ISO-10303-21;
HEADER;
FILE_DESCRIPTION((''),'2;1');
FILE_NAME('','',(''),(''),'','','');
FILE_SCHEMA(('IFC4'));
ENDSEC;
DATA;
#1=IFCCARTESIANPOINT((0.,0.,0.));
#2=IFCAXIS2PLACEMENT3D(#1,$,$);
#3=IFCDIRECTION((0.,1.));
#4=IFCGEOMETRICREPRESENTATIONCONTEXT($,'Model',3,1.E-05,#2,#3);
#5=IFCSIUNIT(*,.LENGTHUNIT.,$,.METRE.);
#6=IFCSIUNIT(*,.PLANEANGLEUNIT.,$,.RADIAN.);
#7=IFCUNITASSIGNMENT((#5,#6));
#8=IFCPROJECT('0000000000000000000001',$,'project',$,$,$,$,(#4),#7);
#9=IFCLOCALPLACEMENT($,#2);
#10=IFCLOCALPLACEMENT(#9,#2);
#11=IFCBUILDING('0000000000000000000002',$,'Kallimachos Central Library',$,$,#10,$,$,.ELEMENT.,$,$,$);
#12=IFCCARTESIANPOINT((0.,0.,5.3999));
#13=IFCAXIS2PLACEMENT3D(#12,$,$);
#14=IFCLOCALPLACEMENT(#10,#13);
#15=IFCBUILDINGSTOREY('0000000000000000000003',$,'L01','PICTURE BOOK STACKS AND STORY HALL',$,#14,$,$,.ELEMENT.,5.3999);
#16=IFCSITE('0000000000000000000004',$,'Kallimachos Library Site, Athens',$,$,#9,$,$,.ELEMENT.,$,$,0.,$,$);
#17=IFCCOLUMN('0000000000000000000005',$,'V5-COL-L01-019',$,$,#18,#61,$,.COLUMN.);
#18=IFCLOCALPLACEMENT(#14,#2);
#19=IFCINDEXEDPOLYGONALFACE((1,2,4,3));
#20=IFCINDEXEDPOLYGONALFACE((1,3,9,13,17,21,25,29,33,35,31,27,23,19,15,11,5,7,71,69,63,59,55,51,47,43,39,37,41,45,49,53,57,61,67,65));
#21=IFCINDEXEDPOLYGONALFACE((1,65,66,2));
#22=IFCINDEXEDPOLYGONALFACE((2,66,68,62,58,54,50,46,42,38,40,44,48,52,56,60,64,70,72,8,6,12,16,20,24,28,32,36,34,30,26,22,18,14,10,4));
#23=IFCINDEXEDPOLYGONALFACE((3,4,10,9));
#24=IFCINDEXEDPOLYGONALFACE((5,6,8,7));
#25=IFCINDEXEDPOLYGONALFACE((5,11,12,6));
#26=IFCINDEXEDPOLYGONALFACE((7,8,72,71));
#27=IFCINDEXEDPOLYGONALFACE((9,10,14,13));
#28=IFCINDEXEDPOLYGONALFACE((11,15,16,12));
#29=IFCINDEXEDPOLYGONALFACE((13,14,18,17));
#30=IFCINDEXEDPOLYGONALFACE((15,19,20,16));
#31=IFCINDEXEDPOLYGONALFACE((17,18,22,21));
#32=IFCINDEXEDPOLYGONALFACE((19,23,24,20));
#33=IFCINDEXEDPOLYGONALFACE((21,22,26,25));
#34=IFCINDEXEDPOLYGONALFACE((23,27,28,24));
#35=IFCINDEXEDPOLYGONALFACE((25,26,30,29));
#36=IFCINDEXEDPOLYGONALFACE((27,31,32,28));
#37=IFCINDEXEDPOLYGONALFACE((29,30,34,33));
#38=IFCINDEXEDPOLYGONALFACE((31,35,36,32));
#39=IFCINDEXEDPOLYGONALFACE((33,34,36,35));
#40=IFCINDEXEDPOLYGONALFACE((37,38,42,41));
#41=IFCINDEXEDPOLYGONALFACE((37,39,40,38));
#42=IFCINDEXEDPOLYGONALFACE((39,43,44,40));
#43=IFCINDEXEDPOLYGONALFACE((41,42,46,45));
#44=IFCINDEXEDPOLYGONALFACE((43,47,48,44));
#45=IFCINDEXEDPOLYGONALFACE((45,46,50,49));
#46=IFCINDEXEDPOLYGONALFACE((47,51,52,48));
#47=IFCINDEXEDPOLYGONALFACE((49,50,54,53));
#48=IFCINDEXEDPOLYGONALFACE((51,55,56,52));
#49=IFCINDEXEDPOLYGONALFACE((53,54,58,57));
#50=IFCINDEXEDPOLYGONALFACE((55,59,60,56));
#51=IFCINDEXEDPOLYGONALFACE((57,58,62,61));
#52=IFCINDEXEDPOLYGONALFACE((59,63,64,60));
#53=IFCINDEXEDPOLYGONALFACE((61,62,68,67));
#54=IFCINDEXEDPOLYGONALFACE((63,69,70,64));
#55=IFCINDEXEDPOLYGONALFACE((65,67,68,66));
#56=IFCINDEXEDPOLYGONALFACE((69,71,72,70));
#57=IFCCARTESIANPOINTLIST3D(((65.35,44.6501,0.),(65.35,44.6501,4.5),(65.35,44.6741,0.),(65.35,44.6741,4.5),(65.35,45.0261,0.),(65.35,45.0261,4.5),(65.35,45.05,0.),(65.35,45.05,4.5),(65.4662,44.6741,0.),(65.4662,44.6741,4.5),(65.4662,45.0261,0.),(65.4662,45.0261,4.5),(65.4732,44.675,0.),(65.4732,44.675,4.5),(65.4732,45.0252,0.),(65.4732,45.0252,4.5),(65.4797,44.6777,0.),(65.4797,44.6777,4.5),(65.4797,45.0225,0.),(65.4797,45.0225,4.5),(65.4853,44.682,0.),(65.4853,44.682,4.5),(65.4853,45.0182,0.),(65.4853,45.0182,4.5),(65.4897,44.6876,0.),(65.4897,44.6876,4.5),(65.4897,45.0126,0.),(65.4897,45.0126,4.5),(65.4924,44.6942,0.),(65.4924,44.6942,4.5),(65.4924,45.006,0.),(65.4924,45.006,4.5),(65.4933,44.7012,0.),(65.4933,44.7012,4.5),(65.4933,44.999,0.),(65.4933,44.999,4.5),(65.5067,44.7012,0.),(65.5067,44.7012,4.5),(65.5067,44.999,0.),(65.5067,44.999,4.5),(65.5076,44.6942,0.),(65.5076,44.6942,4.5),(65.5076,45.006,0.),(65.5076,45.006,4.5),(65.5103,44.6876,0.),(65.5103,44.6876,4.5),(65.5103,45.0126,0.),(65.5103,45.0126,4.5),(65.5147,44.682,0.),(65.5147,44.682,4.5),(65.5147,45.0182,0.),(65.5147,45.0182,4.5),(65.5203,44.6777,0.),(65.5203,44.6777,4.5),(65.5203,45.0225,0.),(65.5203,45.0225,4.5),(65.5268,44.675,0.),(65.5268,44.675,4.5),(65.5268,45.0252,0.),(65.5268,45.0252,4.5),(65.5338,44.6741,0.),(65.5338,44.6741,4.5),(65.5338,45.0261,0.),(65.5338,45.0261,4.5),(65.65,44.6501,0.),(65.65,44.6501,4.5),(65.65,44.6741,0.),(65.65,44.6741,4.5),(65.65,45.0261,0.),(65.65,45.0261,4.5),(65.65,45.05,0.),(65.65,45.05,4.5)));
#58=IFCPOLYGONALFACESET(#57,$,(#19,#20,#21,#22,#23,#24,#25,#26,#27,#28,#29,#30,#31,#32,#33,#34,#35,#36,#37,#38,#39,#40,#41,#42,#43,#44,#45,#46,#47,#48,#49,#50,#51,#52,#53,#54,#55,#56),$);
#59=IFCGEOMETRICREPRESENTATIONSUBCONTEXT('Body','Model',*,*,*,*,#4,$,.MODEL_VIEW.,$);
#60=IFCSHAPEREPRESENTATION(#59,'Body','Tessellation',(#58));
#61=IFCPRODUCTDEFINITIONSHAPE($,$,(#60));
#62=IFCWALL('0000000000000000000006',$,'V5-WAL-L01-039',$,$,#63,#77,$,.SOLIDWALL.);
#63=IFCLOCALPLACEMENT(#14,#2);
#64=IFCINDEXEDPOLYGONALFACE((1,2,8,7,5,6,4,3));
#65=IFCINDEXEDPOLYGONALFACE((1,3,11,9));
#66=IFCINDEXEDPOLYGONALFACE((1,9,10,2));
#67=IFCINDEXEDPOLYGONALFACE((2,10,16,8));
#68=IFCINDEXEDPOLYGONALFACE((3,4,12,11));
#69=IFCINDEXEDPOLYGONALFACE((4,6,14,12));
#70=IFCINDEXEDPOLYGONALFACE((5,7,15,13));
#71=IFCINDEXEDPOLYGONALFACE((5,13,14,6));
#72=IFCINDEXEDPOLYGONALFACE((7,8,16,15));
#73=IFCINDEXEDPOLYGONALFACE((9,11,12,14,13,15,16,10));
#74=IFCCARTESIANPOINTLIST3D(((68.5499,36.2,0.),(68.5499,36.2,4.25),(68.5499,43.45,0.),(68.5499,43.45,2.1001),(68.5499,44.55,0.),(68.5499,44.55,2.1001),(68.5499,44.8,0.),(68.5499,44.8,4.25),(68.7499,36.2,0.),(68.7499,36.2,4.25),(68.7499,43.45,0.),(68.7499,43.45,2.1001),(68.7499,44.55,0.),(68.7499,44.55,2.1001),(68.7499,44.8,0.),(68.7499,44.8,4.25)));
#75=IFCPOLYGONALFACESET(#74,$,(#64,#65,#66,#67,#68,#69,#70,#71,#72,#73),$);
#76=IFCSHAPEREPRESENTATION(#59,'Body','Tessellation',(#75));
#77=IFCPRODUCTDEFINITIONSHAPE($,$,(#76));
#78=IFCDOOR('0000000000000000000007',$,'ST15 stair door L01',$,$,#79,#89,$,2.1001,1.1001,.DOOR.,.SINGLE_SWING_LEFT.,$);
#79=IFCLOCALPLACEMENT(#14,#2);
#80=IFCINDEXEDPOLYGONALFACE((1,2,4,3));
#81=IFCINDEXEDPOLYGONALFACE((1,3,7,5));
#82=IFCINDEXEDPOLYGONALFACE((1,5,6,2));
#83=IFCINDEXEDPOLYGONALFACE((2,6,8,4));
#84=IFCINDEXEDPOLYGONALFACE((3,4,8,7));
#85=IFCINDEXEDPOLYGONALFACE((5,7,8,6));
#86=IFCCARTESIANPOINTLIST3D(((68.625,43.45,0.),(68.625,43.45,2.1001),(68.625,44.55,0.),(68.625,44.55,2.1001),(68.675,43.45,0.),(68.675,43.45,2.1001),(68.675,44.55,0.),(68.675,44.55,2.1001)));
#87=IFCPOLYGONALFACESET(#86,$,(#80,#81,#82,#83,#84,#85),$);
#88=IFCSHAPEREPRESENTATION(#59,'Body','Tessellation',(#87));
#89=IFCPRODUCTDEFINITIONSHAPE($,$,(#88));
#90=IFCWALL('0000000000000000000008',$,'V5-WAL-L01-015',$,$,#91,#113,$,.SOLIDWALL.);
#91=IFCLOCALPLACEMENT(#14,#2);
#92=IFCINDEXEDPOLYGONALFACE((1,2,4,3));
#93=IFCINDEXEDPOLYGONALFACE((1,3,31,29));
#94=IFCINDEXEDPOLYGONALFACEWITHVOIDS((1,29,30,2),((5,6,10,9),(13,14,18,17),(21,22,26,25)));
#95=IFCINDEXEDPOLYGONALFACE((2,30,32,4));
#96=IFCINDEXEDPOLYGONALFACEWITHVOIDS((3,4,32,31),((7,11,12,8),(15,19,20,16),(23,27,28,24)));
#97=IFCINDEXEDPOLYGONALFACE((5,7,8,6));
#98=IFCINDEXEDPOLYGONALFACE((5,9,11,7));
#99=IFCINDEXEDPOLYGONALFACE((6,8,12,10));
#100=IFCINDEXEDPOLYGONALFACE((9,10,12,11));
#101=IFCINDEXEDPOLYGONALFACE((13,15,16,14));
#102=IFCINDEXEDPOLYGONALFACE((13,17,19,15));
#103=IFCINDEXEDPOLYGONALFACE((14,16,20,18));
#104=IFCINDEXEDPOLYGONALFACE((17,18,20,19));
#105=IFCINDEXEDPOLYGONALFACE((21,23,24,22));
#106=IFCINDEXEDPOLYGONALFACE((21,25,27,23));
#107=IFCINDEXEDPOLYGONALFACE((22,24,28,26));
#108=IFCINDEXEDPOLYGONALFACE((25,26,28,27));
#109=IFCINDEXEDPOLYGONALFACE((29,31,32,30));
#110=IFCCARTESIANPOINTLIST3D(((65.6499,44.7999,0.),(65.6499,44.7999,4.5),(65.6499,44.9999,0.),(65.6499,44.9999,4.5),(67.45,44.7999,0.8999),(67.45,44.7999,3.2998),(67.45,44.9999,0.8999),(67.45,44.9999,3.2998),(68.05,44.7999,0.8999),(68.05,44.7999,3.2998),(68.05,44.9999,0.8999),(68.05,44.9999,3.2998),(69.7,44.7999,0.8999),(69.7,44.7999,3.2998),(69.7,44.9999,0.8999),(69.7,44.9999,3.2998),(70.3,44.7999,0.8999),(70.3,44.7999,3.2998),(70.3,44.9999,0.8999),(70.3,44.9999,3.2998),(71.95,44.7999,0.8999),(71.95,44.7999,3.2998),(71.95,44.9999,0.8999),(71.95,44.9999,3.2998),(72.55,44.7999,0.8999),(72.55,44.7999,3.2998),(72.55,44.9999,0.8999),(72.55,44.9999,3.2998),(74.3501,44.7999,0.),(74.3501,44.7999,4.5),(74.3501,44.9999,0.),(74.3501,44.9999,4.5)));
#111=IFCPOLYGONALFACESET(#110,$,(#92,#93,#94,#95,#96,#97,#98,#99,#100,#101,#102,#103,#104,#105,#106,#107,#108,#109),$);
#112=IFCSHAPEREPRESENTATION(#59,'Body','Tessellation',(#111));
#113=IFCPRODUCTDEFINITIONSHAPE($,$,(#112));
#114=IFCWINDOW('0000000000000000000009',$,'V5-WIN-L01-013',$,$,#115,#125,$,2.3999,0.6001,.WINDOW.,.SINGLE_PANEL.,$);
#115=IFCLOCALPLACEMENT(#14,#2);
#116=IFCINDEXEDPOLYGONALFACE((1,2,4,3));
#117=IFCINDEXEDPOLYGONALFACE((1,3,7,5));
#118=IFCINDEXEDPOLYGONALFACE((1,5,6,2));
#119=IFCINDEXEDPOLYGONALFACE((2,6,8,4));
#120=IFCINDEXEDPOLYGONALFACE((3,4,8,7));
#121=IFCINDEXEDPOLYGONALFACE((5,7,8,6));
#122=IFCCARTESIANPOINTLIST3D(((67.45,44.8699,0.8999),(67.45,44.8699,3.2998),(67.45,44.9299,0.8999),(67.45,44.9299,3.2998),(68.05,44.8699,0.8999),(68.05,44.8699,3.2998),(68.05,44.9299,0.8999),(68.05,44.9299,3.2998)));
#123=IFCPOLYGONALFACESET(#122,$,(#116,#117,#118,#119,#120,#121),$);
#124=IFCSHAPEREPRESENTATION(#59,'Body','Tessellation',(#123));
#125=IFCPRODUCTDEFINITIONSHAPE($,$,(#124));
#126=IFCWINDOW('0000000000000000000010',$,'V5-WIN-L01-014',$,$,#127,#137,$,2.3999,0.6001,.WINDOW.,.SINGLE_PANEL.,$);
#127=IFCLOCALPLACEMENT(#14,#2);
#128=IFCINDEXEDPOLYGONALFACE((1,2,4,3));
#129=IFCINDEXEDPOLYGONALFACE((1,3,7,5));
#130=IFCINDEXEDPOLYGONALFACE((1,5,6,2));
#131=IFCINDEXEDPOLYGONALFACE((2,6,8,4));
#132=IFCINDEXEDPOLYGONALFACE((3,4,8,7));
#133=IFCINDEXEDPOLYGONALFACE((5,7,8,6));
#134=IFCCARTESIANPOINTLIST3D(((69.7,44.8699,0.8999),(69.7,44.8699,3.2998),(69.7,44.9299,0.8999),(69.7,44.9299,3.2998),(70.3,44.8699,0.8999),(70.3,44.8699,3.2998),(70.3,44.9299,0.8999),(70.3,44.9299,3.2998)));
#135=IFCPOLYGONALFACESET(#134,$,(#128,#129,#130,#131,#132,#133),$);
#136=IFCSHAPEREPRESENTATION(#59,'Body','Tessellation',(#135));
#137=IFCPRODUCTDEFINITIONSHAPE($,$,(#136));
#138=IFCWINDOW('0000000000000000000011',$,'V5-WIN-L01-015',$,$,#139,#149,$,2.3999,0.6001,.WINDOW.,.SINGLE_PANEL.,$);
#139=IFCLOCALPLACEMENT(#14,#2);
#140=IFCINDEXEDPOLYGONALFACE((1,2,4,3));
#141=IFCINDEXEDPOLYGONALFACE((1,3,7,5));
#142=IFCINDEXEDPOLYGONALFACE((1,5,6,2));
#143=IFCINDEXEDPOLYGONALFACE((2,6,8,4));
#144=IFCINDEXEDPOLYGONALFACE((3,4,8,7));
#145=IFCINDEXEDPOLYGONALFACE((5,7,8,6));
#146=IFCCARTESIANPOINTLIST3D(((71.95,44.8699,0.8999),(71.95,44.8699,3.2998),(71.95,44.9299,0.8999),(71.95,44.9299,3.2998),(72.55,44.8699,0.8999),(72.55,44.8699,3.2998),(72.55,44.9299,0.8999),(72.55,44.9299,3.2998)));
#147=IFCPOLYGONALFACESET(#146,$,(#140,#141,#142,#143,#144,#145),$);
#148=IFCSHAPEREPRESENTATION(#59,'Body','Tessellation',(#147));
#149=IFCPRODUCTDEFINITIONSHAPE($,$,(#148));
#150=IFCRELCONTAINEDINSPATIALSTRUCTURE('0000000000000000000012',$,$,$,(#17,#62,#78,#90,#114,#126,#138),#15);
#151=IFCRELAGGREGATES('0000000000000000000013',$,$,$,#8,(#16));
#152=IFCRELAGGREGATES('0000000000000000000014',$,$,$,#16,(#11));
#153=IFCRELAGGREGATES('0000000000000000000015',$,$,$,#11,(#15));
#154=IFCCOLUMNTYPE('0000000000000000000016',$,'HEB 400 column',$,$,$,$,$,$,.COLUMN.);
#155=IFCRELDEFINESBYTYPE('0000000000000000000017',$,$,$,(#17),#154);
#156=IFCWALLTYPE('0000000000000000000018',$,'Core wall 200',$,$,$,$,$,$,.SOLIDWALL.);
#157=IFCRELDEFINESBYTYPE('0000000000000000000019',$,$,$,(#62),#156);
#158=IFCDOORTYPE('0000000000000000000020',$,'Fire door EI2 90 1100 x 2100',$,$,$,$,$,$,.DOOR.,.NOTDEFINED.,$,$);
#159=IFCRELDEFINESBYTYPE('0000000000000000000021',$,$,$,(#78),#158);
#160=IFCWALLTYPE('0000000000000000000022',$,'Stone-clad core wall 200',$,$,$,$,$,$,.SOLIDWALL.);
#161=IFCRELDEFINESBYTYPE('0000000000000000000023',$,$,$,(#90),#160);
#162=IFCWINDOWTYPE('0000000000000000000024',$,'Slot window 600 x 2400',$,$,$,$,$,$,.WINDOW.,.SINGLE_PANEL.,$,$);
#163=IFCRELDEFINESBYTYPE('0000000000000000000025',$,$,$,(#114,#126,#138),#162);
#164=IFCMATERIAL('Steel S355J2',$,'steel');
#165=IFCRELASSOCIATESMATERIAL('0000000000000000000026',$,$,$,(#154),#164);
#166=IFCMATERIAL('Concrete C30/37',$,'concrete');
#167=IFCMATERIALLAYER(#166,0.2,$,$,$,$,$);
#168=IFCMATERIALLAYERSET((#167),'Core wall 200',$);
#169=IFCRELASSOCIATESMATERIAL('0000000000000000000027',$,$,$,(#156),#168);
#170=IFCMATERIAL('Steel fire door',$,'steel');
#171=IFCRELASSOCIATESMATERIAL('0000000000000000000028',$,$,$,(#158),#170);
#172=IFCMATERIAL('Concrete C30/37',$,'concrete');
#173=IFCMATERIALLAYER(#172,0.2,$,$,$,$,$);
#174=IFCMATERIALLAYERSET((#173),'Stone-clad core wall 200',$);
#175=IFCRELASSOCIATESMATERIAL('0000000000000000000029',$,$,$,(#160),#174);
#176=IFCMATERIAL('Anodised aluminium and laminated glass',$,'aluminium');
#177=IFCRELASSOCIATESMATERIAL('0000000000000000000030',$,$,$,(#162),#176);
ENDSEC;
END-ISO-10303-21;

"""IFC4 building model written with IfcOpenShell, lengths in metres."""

from ifc_helpers import new_model, si_unit, direction, frame, frame_2d, origin, origin_2d, place, context, subcontext, project, spatial, rectangle, i_section, extrude, material, layer, layer_set, material_profile, profile_set, type_object, element, fill, save


model = new_model("IFC4")

# Units and contexts
model_context = context("Model", 3, precision=1e-05, world=origin(), true_north=direction((0.0, 1.0)))
body_context = subcontext(model_context, "Body", "Model", "MODEL_VIEW")
ifc_project = project(units=[si_unit("LENGTHUNIT", "METRE"), si_unit("PLANEANGLEUNIT", "RADIAN")], contexts=[model_context])

# Site, building, storey
site_placement = place(None, origin())
site = spatial("IfcSite", under=ifc_project, at=site_placement, Name="Kallimachos Library Site, Athens", CompositionType="ELEMENT", RefElevation=0.0)
building_placement = place(site_placement, origin())
building = spatial("IfcBuilding", under=site, at=building_placement, Name="Kallimachos Central Library", CompositionType="ELEMENT")
storey_placement = place(building_placement, frame((0.0, 0.0, 5.3999)))
storey = spatial("IfcBuildingStorey", under=building, at=storey_placement, Name="L01", Description="PICTURE BOOK STACKS AND STORY HALL", CompositionType="ELEMENT", Elevation=5.3999)

# Column
ifc_material_1 = material(Name="Steel S355J2", Category="steel")
ifc_material_profile = material_profile(ifc_material_1, i_section(OverallWidth=0.3, OverallDepth=0.3999, WebThickness=0.0134, FlangeThickness=0.0239, FilletRadius=0.0271, at=origin_2d()), Name="HEB 400")
ifc_profile_set = profile_set([ifc_material_profile], Name="Steel S355J2")
column_type = type_object("IfcColumnType", Name="HEB 400 column", PredefinedType="COLUMN", material=ifc_profile_set)
column_placement = place(storey_placement, frame((65.5, 44.8501, 0.0), z_axis=(0.0, 0.0, 1.0), x_axis=(1.0, 0.0, 0.0)))
element("IfcColumn", 1, at=column_placement, inside=storey, type_object=column_type, Name="V5-COL-L01-019", PredefinedType="COLUMN", context=body_context, shape_type="SweptSolid", body=[
    extrude(i_section(OverallWidth=0.3, OverallDepth=0.3999, WebThickness=0.0134, FlangeThickness=0.0239, FilletRadius=0.0271, at=origin_2d()), origin(), (0.0, 0.0, 1.0), 4.5),
])

# Wall, opening, door
ifc_material_2 = material(Name="Concrete C30/37", Category="concrete")
ifc_layer_1 = layer(ifc_material_2, 0.2)
ifc_layer_set_1 = layer_set([ifc_layer_1], Name="Core wall 200")
wall_type_1 = type_object("IfcWallType", Name="Core wall 200", PredefinedType="SOLIDWALL", material=ifc_layer_set_1)
wall_1_placement = place(storey_placement, frame((68.6499, 36.2, 0.0), z_axis=(0.0, 0.0, 1.0), x_axis=(0.0, 1.0, 0.0)))
wall_1 = element("IfcWall", 2, at=wall_1_placement, inside=storey, type_object=wall_type_1, Name="V5-WAL-L01-039", PredefinedType="SOLIDWALL", context=body_context, shape_type="SweptSolid", body=[
    extrude(rectangle(XDim=8.6001, YDim=0.2, at=frame_2d((4.3, 0.0))), origin(), (0.0, 0.0, 1.0), 4.25),
])
opening_1_placement = place(wall_1_placement, frame((7.25, 0.0, 0.0)))
opening_1 = element("IfcOpeningElement", 3, at=opening_1_placement, cuts=wall_1, PredefinedType="OPENING", context=body_context, shape_type="SweptSolid", body=[
    extrude(rectangle(XDim=1.1001, YDim=2.1001, at=frame_2d((0.55, 1.05))), frame((0.0, 0.1099, 0.0), z_axis=(0.0, -1.0, 0.0), x_axis=(1.0, 0.0, 0.0)), (0.0, 0.0, 1.0), 0.22),
])
ifc_material_3 = material(Name="Steel fire door", Category="steel")
door_type = type_object("IfcDoorType", Name="Fire door EI2 90 1100 x 2100", OperationType="NOTDEFINED", PredefinedType="DOOR", material=ifc_material_3)
door_placement = place(opening_1_placement, origin())
door = element("IfcDoor", 4, at=door_placement, inside=storey, type_object=door_type, Name="ST15 stair door L01", OperationType="SINGLE_SWING_LEFT", OverallHeight=2.1001, OverallWidth=1.1001, PredefinedType="DOOR", context=body_context, shape_type="SweptSolid", body=[
    extrude(rectangle(XDim=1.1001, YDim=2.1001, at=frame_2d((0.55, 1.05))), frame((0.0, 0.0249, 0.0), z_axis=(0.0, -1.0, 0.0), x_axis=(1.0, 0.0, 0.0)), (0.0, 0.0, 1.0), 0.05),
])
fill(opening_1, door)

# Wall, openings, windows
ifc_material_4 = material(Name="Concrete C30/37", Category="concrete")
ifc_layer_2 = layer(ifc_material_4, 0.2)
ifc_layer_set_2 = layer_set([ifc_layer_2], Name="Stone-clad core wall 200")
wall_type_2 = type_object("IfcWallType", Name="Stone-clad core wall 200", PredefinedType="SOLIDWALL", material=ifc_layer_set_2)
wall_2_placement = place(storey_placement, frame((65.6499, 44.8999, 0.0), z_axis=(0.0, 0.0, 1.0), x_axis=(1.0, 0.0, 0.0)))
wall_2 = element("IfcWall", 5, at=wall_2_placement, inside=storey, type_object=wall_type_2, Name="V5-WAL-L01-015", PredefinedType="SOLIDWALL", context=body_context, shape_type="SweptSolid", body=[
    extrude(rectangle(XDim=8.7002, YDim=0.2, at=frame_2d((4.3501, 0.0))), origin(), (0.0, 0.0, 1.0), 4.5),
])
opening_2_placement = place(wall_2_placement, frame((1.8, 0.0, 0.8999)))
opening_2 = element("IfcOpeningElement", 6, at=opening_2_placement, cuts=wall_2, PredefinedType="OPENING", context=body_context, shape_type="SweptSolid", body=[
    extrude(rectangle(XDim=0.6001, YDim=2.3999, at=frame_2d((0.3, 1.2))), frame((0.0, 0.1099, 0.0), z_axis=(0.0, -1.0, 0.0), x_axis=(1.0, 0.0, 0.0)), (0.0, 0.0, 1.0), 0.22),
])
opening_3_placement = place(wall_2_placement, frame((4.05, 0.0, 0.8999)))
opening_3 = element("IfcOpeningElement", 7, at=opening_3_placement, cuts=wall_2, PredefinedType="OPENING", context=body_context, shape_type="SweptSolid", body=[
    extrude(rectangle(XDim=0.6001, YDim=2.3999, at=frame_2d((0.3, 1.2))), frame((0.0, 0.1099, 0.0), z_axis=(0.0, -1.0, 0.0), x_axis=(1.0, 0.0, 0.0)), (0.0, 0.0, 1.0), 0.22),
])
opening_4_placement = place(wall_2_placement, frame((6.3, 0.0, 0.8999)))
opening_4 = element("IfcOpeningElement", 8, at=opening_4_placement, cuts=wall_2, PredefinedType="OPENING", context=body_context, shape_type="SweptSolid", body=[
    extrude(rectangle(XDim=0.6001, YDim=2.3999, at=frame_2d((0.3, 1.2))), frame((0.0, 0.1099, 0.0), z_axis=(0.0, -1.0, 0.0), x_axis=(1.0, 0.0, 0.0)), (0.0, 0.0, 1.0), 0.22),
])
ifc_material_5 = material(Name="Anodised aluminium and laminated glass", Category="aluminium")
window_type = type_object("IfcWindowType", Name="Slot window 600 x 2400", PartitioningType="SINGLE_PANEL", PredefinedType="WINDOW", material=ifc_material_5)
window_1_placement = place(opening_2_placement, origin())
window_1 = element("IfcWindow", 9, at=window_1_placement, inside=storey, type_object=window_type, Name="V5-WIN-L01-013", OverallHeight=2.3999, OverallWidth=0.6001, PartitioningType="SINGLE_PANEL", PredefinedType="WINDOW", context=body_context, shape_type="SweptSolid", body=[
    extrude(rectangle(XDim=0.6001, YDim=2.3999, at=frame_2d((0.3, 1.2))), frame((0.0, 0.03, 0.0), z_axis=(0.0, -1.0, 0.0), x_axis=(1.0, 0.0, 0.0)), (0.0, 0.0, 1.0), 0.0601),
])
fill(opening_2, window_1)
window_2_placement = place(opening_3_placement, origin())
window_2 = element("IfcWindow", 10, at=window_2_placement, inside=storey, type_object=window_type, Name="V5-WIN-L01-014", OverallHeight=2.3999, OverallWidth=0.6001, PartitioningType="SINGLE_PANEL", PredefinedType="WINDOW", context=body_context, shape_type="SweptSolid", body=[
    extrude(rectangle(XDim=0.6001, YDim=2.3999, at=frame_2d((0.3, 1.2))), frame((0.0, 0.03, 0.0), z_axis=(0.0, -1.0, 0.0), x_axis=(1.0, 0.0, 0.0)), (0.0, 0.0, 1.0), 0.0601),
])
fill(opening_3, window_2)
window_3_placement = place(opening_4_placement, origin())
window_3 = element("IfcWindow", 11, at=window_3_placement, inside=storey, type_object=window_type, Name="V5-WIN-L01-015", OverallHeight=2.3999, OverallWidth=0.6001, PartitioningType="SINGLE_PANEL", PredefinedType="WINDOW", context=body_context, shape_type="SweptSolid", body=[
    extrude(rectangle(XDim=0.6001, YDim=2.3999, at=frame_2d((0.3, 1.2))), frame((0.0, 0.03, 0.0), z_axis=(0.0, -1.0, 0.0), x_axis=(1.0, 0.0, 0.0)), (0.0, 0.0, 1.0), 0.0601),
])
fill(opening_4, window_3)

save(model, "model.ifc")
